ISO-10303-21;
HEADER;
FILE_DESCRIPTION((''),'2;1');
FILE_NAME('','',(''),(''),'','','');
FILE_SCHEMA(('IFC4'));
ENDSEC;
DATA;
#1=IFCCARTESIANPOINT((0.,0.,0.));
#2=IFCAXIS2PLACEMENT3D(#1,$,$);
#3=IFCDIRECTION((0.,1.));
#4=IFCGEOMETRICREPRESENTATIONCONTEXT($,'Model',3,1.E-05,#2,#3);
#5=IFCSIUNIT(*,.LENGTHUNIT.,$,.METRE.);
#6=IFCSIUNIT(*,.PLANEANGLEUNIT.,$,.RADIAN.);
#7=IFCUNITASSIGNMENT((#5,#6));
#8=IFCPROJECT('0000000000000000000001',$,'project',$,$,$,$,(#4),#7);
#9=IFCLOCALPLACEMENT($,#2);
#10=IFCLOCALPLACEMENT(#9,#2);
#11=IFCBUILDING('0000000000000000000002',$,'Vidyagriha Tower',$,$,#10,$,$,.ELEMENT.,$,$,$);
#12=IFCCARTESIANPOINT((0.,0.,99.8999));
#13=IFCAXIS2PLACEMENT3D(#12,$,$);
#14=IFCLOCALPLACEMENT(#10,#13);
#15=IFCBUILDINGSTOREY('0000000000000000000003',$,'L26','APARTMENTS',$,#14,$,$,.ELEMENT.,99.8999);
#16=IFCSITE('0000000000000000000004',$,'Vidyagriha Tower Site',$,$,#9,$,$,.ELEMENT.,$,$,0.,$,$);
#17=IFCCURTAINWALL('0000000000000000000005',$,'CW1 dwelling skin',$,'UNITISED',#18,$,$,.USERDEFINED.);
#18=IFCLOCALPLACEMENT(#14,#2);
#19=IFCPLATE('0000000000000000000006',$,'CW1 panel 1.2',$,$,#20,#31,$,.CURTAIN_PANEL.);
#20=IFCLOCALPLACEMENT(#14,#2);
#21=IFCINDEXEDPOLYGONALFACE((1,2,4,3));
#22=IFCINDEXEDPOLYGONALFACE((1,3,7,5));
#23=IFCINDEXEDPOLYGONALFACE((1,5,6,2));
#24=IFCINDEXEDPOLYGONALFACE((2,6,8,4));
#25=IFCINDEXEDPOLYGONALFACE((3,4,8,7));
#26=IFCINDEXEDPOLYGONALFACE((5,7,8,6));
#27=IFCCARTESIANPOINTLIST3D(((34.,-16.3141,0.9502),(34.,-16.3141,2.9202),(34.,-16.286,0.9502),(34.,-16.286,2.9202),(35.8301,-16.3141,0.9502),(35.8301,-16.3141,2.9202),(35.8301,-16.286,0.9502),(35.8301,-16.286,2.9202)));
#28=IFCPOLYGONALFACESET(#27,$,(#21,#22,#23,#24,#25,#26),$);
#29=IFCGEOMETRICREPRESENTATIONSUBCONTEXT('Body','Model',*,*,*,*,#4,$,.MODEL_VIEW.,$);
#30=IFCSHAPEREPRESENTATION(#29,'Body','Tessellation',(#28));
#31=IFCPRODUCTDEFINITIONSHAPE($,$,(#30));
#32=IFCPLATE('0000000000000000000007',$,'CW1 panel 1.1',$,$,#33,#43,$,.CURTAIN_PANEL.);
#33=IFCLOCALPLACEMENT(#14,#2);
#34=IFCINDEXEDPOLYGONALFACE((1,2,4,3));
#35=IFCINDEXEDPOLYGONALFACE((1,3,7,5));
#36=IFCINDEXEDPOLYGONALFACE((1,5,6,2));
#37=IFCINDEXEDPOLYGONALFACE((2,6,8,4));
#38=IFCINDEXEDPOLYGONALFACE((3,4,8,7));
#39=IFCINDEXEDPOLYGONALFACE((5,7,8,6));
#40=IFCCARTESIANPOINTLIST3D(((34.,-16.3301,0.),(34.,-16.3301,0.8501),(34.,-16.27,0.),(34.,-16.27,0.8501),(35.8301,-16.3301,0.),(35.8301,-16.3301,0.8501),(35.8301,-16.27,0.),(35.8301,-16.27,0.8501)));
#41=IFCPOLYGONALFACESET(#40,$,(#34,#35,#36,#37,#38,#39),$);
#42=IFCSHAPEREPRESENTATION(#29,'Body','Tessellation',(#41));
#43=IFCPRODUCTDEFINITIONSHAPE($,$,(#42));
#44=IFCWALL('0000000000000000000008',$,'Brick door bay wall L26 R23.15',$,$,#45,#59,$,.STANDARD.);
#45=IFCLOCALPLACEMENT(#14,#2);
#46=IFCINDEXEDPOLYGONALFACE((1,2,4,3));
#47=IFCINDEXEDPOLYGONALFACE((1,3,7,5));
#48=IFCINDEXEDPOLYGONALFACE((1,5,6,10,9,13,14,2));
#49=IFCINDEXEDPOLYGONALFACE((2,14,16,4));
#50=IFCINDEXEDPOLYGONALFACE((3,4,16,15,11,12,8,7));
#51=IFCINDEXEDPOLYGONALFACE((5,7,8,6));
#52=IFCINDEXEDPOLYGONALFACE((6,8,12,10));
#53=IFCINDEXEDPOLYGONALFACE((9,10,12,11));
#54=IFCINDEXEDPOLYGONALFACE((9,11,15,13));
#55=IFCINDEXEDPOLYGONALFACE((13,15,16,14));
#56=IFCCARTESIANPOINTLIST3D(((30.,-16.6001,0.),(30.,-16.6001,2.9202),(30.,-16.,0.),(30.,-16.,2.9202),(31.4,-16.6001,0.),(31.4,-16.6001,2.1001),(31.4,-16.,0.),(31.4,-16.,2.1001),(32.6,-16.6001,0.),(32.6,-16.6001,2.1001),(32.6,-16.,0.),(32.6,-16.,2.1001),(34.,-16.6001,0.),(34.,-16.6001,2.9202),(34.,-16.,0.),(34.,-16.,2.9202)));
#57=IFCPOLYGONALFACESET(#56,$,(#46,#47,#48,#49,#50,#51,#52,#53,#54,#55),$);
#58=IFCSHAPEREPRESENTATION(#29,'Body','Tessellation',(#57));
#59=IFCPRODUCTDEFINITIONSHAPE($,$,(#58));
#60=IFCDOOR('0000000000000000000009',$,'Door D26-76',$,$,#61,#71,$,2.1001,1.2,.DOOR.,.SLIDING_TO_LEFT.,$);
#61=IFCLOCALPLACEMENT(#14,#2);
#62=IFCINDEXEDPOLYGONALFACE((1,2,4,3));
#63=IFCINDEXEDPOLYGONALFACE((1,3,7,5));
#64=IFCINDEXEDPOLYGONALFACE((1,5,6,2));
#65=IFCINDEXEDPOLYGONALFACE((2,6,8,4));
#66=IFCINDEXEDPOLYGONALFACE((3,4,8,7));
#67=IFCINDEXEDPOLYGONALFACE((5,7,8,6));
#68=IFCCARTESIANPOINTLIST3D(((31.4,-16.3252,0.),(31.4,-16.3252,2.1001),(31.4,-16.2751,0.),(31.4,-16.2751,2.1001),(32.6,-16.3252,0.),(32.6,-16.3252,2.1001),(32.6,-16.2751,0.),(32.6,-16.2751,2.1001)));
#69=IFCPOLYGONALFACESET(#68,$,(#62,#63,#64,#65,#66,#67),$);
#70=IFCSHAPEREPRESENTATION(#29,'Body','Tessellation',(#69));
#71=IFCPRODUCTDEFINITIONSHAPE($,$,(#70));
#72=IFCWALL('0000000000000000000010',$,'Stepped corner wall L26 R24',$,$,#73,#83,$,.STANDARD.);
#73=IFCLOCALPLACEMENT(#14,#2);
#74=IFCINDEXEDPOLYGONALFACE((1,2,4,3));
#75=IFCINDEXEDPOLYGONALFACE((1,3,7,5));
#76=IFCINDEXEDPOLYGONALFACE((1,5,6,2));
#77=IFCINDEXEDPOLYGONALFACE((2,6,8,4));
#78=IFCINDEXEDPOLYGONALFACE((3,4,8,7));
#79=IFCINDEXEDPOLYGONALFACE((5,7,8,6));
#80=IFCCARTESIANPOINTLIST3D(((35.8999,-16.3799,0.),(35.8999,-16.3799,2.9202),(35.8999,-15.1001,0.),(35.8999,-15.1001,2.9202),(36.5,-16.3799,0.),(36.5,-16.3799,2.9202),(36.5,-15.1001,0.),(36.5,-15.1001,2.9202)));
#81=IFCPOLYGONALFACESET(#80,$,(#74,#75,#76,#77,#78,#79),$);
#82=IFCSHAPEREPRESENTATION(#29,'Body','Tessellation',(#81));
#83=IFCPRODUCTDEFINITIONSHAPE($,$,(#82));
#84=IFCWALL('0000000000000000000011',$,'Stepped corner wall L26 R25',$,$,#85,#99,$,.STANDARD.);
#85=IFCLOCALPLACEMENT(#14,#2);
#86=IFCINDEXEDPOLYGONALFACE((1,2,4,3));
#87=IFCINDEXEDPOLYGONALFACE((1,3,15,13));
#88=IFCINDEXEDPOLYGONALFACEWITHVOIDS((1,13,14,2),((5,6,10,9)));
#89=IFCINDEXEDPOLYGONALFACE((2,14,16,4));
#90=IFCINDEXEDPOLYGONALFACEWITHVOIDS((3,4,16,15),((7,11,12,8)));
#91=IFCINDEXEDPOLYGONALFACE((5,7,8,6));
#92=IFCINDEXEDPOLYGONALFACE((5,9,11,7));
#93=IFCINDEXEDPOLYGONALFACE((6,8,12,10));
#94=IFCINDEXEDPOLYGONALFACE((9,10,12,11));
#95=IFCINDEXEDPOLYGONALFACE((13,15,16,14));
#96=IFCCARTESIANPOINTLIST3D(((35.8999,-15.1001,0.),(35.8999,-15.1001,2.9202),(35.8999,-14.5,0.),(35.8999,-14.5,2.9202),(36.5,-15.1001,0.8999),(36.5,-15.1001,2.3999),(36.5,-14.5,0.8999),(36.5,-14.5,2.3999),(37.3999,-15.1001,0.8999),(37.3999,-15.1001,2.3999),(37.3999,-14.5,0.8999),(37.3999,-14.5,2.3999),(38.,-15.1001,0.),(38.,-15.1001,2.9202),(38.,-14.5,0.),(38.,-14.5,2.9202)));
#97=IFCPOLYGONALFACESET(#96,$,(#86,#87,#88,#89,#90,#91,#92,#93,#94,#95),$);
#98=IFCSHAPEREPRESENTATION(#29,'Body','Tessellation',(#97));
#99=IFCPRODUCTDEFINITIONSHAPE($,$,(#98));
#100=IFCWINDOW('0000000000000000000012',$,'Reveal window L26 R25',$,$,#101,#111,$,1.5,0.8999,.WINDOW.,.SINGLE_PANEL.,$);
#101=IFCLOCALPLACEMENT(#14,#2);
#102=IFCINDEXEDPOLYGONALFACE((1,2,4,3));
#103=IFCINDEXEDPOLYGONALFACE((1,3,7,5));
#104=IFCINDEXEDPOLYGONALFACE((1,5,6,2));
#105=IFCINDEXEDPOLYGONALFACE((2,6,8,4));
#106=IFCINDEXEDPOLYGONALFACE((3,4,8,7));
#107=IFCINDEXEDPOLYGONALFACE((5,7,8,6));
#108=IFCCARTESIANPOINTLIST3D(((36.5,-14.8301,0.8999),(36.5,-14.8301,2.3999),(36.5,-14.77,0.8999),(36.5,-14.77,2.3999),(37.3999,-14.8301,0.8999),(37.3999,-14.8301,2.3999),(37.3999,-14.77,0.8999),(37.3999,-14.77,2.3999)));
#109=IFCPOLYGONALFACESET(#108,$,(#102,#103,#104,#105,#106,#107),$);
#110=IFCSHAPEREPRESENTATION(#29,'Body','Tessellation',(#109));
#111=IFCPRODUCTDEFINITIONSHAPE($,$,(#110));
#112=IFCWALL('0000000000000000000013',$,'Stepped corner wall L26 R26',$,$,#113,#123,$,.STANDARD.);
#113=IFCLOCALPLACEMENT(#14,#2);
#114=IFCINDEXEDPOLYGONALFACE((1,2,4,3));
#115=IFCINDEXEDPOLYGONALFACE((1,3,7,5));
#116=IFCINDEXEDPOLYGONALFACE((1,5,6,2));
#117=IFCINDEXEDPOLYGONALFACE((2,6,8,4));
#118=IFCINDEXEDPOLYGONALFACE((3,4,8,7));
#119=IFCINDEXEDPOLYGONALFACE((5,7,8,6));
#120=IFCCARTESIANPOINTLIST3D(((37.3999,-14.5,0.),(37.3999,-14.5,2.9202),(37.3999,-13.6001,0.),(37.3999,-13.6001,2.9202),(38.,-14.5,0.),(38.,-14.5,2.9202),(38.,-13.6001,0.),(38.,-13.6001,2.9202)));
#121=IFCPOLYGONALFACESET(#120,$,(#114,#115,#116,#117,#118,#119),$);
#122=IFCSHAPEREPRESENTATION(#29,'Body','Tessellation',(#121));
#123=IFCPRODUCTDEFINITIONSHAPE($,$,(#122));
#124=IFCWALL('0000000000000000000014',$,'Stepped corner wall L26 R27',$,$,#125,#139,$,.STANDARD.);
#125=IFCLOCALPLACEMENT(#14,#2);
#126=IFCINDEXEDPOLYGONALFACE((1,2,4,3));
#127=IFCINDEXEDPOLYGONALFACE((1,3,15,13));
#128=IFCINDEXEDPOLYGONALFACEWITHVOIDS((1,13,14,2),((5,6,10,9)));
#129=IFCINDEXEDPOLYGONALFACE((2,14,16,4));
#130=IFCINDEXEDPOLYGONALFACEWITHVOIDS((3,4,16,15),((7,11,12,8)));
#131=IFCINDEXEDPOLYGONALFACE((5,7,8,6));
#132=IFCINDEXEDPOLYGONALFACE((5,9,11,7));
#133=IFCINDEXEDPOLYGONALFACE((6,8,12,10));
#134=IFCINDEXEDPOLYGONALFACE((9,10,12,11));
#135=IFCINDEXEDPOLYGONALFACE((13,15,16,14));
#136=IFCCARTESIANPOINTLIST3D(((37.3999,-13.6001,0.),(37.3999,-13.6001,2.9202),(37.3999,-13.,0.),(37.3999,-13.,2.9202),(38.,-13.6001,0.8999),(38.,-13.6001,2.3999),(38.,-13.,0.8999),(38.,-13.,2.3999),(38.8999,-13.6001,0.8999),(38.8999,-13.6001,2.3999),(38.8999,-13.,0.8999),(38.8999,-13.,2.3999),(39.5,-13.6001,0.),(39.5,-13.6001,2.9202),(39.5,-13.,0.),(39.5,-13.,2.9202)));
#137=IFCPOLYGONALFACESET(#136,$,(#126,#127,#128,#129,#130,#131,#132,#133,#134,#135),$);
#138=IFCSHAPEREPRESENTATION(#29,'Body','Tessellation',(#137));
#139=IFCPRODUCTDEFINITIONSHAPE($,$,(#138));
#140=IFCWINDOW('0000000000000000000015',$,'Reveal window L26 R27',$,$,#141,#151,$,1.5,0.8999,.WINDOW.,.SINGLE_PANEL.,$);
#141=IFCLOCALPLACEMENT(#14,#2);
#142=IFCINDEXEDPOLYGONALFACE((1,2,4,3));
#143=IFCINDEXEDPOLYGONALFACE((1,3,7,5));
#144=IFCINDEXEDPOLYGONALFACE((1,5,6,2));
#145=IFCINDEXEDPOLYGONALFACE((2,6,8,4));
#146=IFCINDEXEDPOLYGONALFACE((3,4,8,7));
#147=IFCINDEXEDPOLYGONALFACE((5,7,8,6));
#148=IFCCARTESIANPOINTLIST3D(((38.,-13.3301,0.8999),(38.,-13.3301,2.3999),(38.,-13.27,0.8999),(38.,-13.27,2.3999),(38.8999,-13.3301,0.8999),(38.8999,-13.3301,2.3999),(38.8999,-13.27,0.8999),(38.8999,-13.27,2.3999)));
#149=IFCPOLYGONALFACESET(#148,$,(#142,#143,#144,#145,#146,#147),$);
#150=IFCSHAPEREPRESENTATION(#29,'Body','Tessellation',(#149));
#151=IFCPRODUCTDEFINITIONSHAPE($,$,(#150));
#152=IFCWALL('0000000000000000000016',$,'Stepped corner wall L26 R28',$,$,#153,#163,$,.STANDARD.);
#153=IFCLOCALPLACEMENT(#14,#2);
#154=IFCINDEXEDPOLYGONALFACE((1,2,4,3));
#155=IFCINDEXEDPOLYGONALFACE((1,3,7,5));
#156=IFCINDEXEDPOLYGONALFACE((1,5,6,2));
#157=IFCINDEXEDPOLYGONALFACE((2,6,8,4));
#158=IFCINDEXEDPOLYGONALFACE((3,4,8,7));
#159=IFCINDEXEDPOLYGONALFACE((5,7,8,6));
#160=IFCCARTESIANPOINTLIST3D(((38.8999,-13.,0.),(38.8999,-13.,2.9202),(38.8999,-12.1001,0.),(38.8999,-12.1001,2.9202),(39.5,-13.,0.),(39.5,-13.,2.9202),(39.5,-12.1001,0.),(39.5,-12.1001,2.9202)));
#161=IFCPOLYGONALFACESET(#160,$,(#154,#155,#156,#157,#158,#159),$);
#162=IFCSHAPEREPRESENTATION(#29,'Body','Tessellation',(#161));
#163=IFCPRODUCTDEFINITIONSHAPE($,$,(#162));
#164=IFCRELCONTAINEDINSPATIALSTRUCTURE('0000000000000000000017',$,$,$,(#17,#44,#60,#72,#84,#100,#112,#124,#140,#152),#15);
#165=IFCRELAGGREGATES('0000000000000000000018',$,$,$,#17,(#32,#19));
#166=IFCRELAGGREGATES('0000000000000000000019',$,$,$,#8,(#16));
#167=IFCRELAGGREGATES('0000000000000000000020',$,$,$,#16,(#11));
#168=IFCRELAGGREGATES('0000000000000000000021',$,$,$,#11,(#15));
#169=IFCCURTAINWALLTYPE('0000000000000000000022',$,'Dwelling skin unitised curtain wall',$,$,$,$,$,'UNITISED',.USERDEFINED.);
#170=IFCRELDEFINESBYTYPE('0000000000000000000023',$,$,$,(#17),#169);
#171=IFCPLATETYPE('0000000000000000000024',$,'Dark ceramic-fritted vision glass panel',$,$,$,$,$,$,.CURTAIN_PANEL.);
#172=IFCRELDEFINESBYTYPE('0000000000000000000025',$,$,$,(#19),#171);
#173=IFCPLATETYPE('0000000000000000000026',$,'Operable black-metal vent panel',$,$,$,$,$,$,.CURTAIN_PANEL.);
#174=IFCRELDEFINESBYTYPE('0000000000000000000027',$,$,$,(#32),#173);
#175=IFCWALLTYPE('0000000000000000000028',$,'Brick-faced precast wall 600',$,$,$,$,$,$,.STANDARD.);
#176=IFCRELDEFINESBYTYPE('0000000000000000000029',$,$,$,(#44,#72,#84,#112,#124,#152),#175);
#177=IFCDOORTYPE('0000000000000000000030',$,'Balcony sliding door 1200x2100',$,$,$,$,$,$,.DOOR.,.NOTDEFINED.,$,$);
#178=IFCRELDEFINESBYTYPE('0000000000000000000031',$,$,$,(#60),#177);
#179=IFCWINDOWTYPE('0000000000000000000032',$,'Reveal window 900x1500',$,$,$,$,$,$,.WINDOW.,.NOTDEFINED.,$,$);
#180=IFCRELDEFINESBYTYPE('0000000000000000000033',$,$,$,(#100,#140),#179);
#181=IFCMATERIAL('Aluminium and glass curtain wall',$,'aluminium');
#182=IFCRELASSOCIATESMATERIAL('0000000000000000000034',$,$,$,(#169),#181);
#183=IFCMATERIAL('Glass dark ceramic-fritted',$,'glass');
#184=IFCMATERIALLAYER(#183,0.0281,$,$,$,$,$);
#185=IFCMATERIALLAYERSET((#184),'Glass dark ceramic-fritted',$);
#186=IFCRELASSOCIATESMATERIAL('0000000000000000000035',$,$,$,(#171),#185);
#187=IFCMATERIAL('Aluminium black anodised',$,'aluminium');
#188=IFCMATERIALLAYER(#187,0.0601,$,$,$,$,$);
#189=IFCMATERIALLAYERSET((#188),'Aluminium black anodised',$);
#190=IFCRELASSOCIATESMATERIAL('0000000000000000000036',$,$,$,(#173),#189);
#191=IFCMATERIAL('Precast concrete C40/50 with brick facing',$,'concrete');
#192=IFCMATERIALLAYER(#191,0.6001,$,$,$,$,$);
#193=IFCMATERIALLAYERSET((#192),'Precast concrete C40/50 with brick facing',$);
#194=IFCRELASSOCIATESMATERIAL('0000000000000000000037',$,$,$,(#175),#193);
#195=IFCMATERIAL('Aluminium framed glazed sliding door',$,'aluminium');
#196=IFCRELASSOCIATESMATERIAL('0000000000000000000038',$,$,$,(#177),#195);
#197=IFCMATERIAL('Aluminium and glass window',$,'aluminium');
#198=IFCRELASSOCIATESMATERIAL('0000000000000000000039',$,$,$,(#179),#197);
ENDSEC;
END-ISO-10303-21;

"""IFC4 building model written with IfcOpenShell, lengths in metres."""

from ifc_helpers import new_model, si_unit, direction, frame, frame_2d, origin, origin_2d, place, context, subcontext, project, spatial, rectangle, extrude, material, layer, layer_set, type_object, element, fill, aggregate, save


model = new_model("IFC4")

# Units and contexts
model_context = context("Model", 3, precision=1e-05, world=origin(), true_north=direction((0.0, 1.0)))
body_context = subcontext(model_context, "Body", "Model", "MODEL_VIEW")
ifc_project = project(units=[si_unit("LENGTHUNIT", "METRE"), si_unit("PLANEANGLEUNIT", "RADIAN")], contexts=[model_context])

# Site, building, storey
site_placement = place(None, origin())
site = spatial("IfcSite", under=ifc_project, at=site_placement, Name="Vidyagriha Tower Site", CompositionType="ELEMENT", RefElevation=0.0)
building_placement = place(site_placement, origin())
building = spatial("IfcBuilding", under=site, at=building_placement, Name="Vidyagriha Tower", CompositionType="ELEMENT")
storey_placement = place(building_placement, frame((0.0, 0.0, 99.8999)))
storey = spatial("IfcBuildingStorey", under=building, at=storey_placement, Name="L26", Description="APARTMENTS", CompositionType="ELEMENT", Elevation=99.8999)

# Curtain wall
ifc_material_1 = material(Name="Aluminium and glass curtain wall", Category="aluminium")
curtain_wall_type = type_object("IfcCurtainWallType", Name="Dwelling skin unitised curtain wall", ElementType="UNITISED", PredefinedType="USERDEFINED", material=ifc_material_1)
curtain_wall_1_placement = place(storey_placement, origin())
curtain_wall_1 = element("IfcCurtainWall", 1, at=curtain_wall_1_placement, inside=storey, type_object=curtain_wall_type, Name="CW1 dwelling skin", ObjectType="UNITISED", PredefinedType="USERDEFINED")

# Shared definitions
ifc_material_2 = material(Name="Glass dark ceramic-fritted", Category="glass")
ifc_layer_1 = layer(ifc_material_2, 0.0281)
ifc_layer_set_1 = layer_set([ifc_layer_1], Name="Glass dark ceramic-fritted")
plate_type_1 = type_object("IfcPlateType", Name="Dark ceramic-fritted vision glass panel", PredefinedType="CURTAIN_PANEL", material=ifc_layer_set_1)

# Plates
plate_1_placement = place(storey_placement, frame((34.915, -16.3, 0.9502)))
plate_1 = element("IfcPlate", 2, at=plate_1_placement, type_object=plate_type_1, Name="CW1 panel 1.2", PredefinedType="CURTAIN_PANEL", context=body_context, shape_type="SweptSolid", body=[
    extrude(rectangle(XDim=1.8301, YDim=0.0281, at=origin_2d()), origin(), (0.0, 0.0, 1.0), 1.97),
])
ifc_material_3 = material(Name="Aluminium black anodised", Category="aluminium")
ifc_layer_2 = layer(ifc_material_3, 0.0601)
ifc_layer_set_2 = layer_set([ifc_layer_2], Name="Aluminium black anodised")
plate_type_2 = type_object("IfcPlateType", Name="Operable black-metal vent panel", PredefinedType="CURTAIN_PANEL", material=ifc_layer_set_2)
plate_2_placement = place(storey_placement, frame((34.915, -16.3, 0.0)))
plate_2 = element("IfcPlate", 3, at=plate_2_placement, type_object=plate_type_2, Name="CW1 panel 1.1", PredefinedType="CURTAIN_PANEL", context=body_context, shape_type="SweptSolid", body=[
    extrude(rectangle(XDim=1.8301, YDim=0.0601, at=origin_2d()), origin(), (0.0, 0.0, 1.0), 0.8501),
])
aggregate(curtain_wall_1, [plate_2, plate_1])

# Wall, opening, door
ifc_material_4 = material(Name="Precast concrete C40/50 with brick facing", Category="concrete")
ifc_layer_3 = layer(ifc_material_4, 0.6001)
ifc_layer_set_3 = layer_set([ifc_layer_3], Name="Precast concrete C40/50 with brick facing")
wall_type = type_object("IfcWallType", Name="Brick-faced precast wall 600", PredefinedType="STANDARD", material=ifc_layer_set_3)
wall_1_placement = place(storey_placement, frame((30.0, -16.3, 0.0)))
wall_1 = element("IfcWall", 4, at=wall_1_placement, inside=storey, type_object=wall_type, Name="Brick door bay wall L26 R23.15", PredefinedType="STANDARD", context=body_context, shape_type="SweptSolid", body=[
    extrude(rectangle(XDim=4.0, YDim=0.6001, at=frame_2d((2.0, 0.0))), origin(), (0.0, 0.0, 1.0), 2.9202),
])
opening_1_placement = place(wall_1_placement, frame((1.3999, 0.0, 0.0)))
opening_1 = element("IfcOpeningElement", 5, at=opening_1_placement, cuts=wall_1, PredefinedType="OPENING", context=body_context, shape_type="SweptSolid", body=[
    extrude(rectangle(XDim=1.2, YDim=2.1001, at=frame_2d((0.6001, 1.05))), frame((0.0, 0.3101, 0.0), z_axis=(0.0, -1.0, 0.0), x_axis=(1.0, 0.0, 0.0)), (0.0, 0.0, 1.0), 0.6201),
])
ifc_material_5 = material(Name="Aluminium framed glazed sliding door", Category="aluminium")
door_type = type_object("IfcDoorType", Name="Balcony sliding door 1200x2100", OperationType="NOTDEFINED", PredefinedType="DOOR", material=ifc_material_5)
door_placement = place(opening_1_placement, origin())
door = element("IfcDoor", 6, at=door_placement, inside=storey, type_object=door_type, Name="Door D26-76", OperationType="SLIDING_TO_LEFT", OverallHeight=2.1001, OverallWidth=1.2, PredefinedType="DOOR", context=body_context, shape_type="SweptSolid", body=[
    extrude(rectangle(XDim=1.2, YDim=2.1001, at=frame_2d((0.6001, 1.05))), frame((0.0, 0.0249, 0.0), z_axis=(0.0, -1.0, 0.0), x_axis=(1.0, 0.0, 0.0)), (0.0, 0.0, 1.0), 0.05),
])
fill(opening_1, door)

# Wall
wall_2_placement = place(storey_placement, frame((36.2, -16.3799, 0.0), z_axis=(0.0, 0.0, 1.0), x_axis=(0.0, 1.0, 0.0)))
element("IfcWall", 7, at=wall_2_placement, inside=storey, type_object=wall_type, Name="Stepped corner wall L26 R24", PredefinedType="STANDARD", context=body_context, shape_type="SweptSolid", body=[
    extrude(rectangle(XDim=1.2798, YDim=0.6001, at=frame_2d((0.6399, 0.0))), origin(), (0.0, 0.0, 1.0), 2.9202),
])

# Wall, opening, window
wall_3_placement = place(storey_placement, frame((35.8999, -14.8, 0.0)))
wall_3 = element("IfcWall", 8, at=wall_3_placement, inside=storey, type_object=wall_type, Name="Stepped corner wall L26 R25", PredefinedType="STANDARD", context=body_context, shape_type="SweptSolid", body=[
    extrude(rectangle(XDim=2.1001, YDim=0.6001, at=frame_2d((1.05, 0.0))), origin(), (0.0, 0.0, 1.0), 2.9202),
])
opening_2_placement = place(wall_3_placement, frame((0.6001, 0.0, 0.8999)))
opening_2 = element("IfcOpeningElement", 9, at=opening_2_placement, cuts=wall_3, PredefinedType="OPENING", context=body_context, shape_type="SweptSolid", body=[
    extrude(rectangle(XDim=0.8999, YDim=1.5, at=frame_2d((0.45, 0.75))), frame((0.0, 0.3101, 0.0), z_axis=(0.0, -1.0, 0.0), x_axis=(1.0, 0.0, 0.0)), (0.0, 0.0, 1.0), 0.6201),
])
ifc_material_6 = material(Name="Aluminium and glass window", Category="aluminium")
window_type = type_object("IfcWindowType", Name="Reveal window 900x1500", PartitioningType="NOTDEFINED", PredefinedType="WINDOW", material=ifc_material_6)
window_1_placement = place(opening_2_placement, origin())
window_1 = element("IfcWindow", 10, at=window_1_placement, inside=storey, type_object=window_type, Name="Reveal window L26 R25", OverallHeight=1.5, OverallWidth=0.8999, PartitioningType="SINGLE_PANEL", PredefinedType="WINDOW", context=body_context, shape_type="SweptSolid", body=[
    extrude(rectangle(XDim=0.8999, YDim=1.5, at=frame_2d((0.45, 0.75))), frame((0.0, 0.03, 0.0), z_axis=(0.0, -1.0, 0.0), x_axis=(1.0, 0.0, 0.0)), (0.0, 0.0, 1.0), 0.0601),
])
fill(opening_2, window_1)

# Wall
wall_4_placement = place(storey_placement, frame((37.7, -14.5, 0.0), z_axis=(0.0, 0.0, 1.0), x_axis=(0.0, 1.0, 0.0)))
element("IfcWall", 11, at=wall_4_placement, inside=storey, type_object=wall_type, Name="Stepped corner wall L26 R26", PredefinedType="STANDARD", context=body_context, shape_type="SweptSolid", body=[
    extrude(rectangle(XDim=0.8999, YDim=0.6001, at=frame_2d((0.45, 0.0))), origin(), (0.0, 0.0, 1.0), 2.9202),
])

# Wall, opening, window
wall_5_placement = place(storey_placement, frame((37.3999, -13.3, 0.0)))
wall_5 = element("IfcWall", 12, at=wall_5_placement, inside=storey, type_object=wall_type, Name="Stepped corner wall L26 R27", PredefinedType="STANDARD", context=body_context, shape_type="SweptSolid", body=[
    extrude(rectangle(XDim=2.1001, YDim=0.6001, at=frame_2d((1.05, 0.0))), origin(), (0.0, 0.0, 1.0), 2.9202),
])
opening_3_placement = place(wall_5_placement, frame((0.6001, 0.0, 0.8999)))
opening_3 = element("IfcOpeningElement", 13, at=opening_3_placement, cuts=wall_5, PredefinedType="OPENING", context=body_context, shape_type="SweptSolid", body=[
    extrude(rectangle(XDim=0.8999, YDim=1.5, at=frame_2d((0.45, 0.75))), frame((0.0, 0.3101, 0.0), z_axis=(0.0, -1.0, 0.0), x_axis=(1.0, 0.0, 0.0)), (0.0, 0.0, 1.0), 0.6201),
])
window_2_placement = place(opening_3_placement, origin())
window_2 = element("IfcWindow", 14, at=window_2_placement, inside=storey, type_object=window_type, Name="Reveal window L26 R27", OverallHeight=1.5, OverallWidth=0.8999, PartitioningType="SINGLE_PANEL", PredefinedType="WINDOW", context=body_context, shape_type="SweptSolid", body=[
    extrude(rectangle(XDim=0.8999, YDim=1.5, at=frame_2d((0.45, 0.75))), frame((0.0, 0.03, 0.0), z_axis=(0.0, -1.0, 0.0), x_axis=(1.0, 0.0, 0.0)), (0.0, 0.0, 1.0), 0.0601),
])
fill(opening_3, window_2)

# Wall
wall_6_placement = place(storey_placement, frame((39.2, -13.0, 0.0), z_axis=(0.0, 0.0, 1.0), x_axis=(0.0, 1.0, 0.0)))
element("IfcWall", 15, at=wall_6_placement, inside=storey, type_object=wall_type, Name="Stepped corner wall L26 R28", PredefinedType="STANDARD", context=body_context, shape_type="SweptSolid", body=[
    extrude(rectangle(XDim=0.8999, YDim=0.6001, at=frame_2d((0.45, 0.0))), origin(), (0.0, 0.0, 1.0), 2.9202),
])

save(model, "model.ifc")
